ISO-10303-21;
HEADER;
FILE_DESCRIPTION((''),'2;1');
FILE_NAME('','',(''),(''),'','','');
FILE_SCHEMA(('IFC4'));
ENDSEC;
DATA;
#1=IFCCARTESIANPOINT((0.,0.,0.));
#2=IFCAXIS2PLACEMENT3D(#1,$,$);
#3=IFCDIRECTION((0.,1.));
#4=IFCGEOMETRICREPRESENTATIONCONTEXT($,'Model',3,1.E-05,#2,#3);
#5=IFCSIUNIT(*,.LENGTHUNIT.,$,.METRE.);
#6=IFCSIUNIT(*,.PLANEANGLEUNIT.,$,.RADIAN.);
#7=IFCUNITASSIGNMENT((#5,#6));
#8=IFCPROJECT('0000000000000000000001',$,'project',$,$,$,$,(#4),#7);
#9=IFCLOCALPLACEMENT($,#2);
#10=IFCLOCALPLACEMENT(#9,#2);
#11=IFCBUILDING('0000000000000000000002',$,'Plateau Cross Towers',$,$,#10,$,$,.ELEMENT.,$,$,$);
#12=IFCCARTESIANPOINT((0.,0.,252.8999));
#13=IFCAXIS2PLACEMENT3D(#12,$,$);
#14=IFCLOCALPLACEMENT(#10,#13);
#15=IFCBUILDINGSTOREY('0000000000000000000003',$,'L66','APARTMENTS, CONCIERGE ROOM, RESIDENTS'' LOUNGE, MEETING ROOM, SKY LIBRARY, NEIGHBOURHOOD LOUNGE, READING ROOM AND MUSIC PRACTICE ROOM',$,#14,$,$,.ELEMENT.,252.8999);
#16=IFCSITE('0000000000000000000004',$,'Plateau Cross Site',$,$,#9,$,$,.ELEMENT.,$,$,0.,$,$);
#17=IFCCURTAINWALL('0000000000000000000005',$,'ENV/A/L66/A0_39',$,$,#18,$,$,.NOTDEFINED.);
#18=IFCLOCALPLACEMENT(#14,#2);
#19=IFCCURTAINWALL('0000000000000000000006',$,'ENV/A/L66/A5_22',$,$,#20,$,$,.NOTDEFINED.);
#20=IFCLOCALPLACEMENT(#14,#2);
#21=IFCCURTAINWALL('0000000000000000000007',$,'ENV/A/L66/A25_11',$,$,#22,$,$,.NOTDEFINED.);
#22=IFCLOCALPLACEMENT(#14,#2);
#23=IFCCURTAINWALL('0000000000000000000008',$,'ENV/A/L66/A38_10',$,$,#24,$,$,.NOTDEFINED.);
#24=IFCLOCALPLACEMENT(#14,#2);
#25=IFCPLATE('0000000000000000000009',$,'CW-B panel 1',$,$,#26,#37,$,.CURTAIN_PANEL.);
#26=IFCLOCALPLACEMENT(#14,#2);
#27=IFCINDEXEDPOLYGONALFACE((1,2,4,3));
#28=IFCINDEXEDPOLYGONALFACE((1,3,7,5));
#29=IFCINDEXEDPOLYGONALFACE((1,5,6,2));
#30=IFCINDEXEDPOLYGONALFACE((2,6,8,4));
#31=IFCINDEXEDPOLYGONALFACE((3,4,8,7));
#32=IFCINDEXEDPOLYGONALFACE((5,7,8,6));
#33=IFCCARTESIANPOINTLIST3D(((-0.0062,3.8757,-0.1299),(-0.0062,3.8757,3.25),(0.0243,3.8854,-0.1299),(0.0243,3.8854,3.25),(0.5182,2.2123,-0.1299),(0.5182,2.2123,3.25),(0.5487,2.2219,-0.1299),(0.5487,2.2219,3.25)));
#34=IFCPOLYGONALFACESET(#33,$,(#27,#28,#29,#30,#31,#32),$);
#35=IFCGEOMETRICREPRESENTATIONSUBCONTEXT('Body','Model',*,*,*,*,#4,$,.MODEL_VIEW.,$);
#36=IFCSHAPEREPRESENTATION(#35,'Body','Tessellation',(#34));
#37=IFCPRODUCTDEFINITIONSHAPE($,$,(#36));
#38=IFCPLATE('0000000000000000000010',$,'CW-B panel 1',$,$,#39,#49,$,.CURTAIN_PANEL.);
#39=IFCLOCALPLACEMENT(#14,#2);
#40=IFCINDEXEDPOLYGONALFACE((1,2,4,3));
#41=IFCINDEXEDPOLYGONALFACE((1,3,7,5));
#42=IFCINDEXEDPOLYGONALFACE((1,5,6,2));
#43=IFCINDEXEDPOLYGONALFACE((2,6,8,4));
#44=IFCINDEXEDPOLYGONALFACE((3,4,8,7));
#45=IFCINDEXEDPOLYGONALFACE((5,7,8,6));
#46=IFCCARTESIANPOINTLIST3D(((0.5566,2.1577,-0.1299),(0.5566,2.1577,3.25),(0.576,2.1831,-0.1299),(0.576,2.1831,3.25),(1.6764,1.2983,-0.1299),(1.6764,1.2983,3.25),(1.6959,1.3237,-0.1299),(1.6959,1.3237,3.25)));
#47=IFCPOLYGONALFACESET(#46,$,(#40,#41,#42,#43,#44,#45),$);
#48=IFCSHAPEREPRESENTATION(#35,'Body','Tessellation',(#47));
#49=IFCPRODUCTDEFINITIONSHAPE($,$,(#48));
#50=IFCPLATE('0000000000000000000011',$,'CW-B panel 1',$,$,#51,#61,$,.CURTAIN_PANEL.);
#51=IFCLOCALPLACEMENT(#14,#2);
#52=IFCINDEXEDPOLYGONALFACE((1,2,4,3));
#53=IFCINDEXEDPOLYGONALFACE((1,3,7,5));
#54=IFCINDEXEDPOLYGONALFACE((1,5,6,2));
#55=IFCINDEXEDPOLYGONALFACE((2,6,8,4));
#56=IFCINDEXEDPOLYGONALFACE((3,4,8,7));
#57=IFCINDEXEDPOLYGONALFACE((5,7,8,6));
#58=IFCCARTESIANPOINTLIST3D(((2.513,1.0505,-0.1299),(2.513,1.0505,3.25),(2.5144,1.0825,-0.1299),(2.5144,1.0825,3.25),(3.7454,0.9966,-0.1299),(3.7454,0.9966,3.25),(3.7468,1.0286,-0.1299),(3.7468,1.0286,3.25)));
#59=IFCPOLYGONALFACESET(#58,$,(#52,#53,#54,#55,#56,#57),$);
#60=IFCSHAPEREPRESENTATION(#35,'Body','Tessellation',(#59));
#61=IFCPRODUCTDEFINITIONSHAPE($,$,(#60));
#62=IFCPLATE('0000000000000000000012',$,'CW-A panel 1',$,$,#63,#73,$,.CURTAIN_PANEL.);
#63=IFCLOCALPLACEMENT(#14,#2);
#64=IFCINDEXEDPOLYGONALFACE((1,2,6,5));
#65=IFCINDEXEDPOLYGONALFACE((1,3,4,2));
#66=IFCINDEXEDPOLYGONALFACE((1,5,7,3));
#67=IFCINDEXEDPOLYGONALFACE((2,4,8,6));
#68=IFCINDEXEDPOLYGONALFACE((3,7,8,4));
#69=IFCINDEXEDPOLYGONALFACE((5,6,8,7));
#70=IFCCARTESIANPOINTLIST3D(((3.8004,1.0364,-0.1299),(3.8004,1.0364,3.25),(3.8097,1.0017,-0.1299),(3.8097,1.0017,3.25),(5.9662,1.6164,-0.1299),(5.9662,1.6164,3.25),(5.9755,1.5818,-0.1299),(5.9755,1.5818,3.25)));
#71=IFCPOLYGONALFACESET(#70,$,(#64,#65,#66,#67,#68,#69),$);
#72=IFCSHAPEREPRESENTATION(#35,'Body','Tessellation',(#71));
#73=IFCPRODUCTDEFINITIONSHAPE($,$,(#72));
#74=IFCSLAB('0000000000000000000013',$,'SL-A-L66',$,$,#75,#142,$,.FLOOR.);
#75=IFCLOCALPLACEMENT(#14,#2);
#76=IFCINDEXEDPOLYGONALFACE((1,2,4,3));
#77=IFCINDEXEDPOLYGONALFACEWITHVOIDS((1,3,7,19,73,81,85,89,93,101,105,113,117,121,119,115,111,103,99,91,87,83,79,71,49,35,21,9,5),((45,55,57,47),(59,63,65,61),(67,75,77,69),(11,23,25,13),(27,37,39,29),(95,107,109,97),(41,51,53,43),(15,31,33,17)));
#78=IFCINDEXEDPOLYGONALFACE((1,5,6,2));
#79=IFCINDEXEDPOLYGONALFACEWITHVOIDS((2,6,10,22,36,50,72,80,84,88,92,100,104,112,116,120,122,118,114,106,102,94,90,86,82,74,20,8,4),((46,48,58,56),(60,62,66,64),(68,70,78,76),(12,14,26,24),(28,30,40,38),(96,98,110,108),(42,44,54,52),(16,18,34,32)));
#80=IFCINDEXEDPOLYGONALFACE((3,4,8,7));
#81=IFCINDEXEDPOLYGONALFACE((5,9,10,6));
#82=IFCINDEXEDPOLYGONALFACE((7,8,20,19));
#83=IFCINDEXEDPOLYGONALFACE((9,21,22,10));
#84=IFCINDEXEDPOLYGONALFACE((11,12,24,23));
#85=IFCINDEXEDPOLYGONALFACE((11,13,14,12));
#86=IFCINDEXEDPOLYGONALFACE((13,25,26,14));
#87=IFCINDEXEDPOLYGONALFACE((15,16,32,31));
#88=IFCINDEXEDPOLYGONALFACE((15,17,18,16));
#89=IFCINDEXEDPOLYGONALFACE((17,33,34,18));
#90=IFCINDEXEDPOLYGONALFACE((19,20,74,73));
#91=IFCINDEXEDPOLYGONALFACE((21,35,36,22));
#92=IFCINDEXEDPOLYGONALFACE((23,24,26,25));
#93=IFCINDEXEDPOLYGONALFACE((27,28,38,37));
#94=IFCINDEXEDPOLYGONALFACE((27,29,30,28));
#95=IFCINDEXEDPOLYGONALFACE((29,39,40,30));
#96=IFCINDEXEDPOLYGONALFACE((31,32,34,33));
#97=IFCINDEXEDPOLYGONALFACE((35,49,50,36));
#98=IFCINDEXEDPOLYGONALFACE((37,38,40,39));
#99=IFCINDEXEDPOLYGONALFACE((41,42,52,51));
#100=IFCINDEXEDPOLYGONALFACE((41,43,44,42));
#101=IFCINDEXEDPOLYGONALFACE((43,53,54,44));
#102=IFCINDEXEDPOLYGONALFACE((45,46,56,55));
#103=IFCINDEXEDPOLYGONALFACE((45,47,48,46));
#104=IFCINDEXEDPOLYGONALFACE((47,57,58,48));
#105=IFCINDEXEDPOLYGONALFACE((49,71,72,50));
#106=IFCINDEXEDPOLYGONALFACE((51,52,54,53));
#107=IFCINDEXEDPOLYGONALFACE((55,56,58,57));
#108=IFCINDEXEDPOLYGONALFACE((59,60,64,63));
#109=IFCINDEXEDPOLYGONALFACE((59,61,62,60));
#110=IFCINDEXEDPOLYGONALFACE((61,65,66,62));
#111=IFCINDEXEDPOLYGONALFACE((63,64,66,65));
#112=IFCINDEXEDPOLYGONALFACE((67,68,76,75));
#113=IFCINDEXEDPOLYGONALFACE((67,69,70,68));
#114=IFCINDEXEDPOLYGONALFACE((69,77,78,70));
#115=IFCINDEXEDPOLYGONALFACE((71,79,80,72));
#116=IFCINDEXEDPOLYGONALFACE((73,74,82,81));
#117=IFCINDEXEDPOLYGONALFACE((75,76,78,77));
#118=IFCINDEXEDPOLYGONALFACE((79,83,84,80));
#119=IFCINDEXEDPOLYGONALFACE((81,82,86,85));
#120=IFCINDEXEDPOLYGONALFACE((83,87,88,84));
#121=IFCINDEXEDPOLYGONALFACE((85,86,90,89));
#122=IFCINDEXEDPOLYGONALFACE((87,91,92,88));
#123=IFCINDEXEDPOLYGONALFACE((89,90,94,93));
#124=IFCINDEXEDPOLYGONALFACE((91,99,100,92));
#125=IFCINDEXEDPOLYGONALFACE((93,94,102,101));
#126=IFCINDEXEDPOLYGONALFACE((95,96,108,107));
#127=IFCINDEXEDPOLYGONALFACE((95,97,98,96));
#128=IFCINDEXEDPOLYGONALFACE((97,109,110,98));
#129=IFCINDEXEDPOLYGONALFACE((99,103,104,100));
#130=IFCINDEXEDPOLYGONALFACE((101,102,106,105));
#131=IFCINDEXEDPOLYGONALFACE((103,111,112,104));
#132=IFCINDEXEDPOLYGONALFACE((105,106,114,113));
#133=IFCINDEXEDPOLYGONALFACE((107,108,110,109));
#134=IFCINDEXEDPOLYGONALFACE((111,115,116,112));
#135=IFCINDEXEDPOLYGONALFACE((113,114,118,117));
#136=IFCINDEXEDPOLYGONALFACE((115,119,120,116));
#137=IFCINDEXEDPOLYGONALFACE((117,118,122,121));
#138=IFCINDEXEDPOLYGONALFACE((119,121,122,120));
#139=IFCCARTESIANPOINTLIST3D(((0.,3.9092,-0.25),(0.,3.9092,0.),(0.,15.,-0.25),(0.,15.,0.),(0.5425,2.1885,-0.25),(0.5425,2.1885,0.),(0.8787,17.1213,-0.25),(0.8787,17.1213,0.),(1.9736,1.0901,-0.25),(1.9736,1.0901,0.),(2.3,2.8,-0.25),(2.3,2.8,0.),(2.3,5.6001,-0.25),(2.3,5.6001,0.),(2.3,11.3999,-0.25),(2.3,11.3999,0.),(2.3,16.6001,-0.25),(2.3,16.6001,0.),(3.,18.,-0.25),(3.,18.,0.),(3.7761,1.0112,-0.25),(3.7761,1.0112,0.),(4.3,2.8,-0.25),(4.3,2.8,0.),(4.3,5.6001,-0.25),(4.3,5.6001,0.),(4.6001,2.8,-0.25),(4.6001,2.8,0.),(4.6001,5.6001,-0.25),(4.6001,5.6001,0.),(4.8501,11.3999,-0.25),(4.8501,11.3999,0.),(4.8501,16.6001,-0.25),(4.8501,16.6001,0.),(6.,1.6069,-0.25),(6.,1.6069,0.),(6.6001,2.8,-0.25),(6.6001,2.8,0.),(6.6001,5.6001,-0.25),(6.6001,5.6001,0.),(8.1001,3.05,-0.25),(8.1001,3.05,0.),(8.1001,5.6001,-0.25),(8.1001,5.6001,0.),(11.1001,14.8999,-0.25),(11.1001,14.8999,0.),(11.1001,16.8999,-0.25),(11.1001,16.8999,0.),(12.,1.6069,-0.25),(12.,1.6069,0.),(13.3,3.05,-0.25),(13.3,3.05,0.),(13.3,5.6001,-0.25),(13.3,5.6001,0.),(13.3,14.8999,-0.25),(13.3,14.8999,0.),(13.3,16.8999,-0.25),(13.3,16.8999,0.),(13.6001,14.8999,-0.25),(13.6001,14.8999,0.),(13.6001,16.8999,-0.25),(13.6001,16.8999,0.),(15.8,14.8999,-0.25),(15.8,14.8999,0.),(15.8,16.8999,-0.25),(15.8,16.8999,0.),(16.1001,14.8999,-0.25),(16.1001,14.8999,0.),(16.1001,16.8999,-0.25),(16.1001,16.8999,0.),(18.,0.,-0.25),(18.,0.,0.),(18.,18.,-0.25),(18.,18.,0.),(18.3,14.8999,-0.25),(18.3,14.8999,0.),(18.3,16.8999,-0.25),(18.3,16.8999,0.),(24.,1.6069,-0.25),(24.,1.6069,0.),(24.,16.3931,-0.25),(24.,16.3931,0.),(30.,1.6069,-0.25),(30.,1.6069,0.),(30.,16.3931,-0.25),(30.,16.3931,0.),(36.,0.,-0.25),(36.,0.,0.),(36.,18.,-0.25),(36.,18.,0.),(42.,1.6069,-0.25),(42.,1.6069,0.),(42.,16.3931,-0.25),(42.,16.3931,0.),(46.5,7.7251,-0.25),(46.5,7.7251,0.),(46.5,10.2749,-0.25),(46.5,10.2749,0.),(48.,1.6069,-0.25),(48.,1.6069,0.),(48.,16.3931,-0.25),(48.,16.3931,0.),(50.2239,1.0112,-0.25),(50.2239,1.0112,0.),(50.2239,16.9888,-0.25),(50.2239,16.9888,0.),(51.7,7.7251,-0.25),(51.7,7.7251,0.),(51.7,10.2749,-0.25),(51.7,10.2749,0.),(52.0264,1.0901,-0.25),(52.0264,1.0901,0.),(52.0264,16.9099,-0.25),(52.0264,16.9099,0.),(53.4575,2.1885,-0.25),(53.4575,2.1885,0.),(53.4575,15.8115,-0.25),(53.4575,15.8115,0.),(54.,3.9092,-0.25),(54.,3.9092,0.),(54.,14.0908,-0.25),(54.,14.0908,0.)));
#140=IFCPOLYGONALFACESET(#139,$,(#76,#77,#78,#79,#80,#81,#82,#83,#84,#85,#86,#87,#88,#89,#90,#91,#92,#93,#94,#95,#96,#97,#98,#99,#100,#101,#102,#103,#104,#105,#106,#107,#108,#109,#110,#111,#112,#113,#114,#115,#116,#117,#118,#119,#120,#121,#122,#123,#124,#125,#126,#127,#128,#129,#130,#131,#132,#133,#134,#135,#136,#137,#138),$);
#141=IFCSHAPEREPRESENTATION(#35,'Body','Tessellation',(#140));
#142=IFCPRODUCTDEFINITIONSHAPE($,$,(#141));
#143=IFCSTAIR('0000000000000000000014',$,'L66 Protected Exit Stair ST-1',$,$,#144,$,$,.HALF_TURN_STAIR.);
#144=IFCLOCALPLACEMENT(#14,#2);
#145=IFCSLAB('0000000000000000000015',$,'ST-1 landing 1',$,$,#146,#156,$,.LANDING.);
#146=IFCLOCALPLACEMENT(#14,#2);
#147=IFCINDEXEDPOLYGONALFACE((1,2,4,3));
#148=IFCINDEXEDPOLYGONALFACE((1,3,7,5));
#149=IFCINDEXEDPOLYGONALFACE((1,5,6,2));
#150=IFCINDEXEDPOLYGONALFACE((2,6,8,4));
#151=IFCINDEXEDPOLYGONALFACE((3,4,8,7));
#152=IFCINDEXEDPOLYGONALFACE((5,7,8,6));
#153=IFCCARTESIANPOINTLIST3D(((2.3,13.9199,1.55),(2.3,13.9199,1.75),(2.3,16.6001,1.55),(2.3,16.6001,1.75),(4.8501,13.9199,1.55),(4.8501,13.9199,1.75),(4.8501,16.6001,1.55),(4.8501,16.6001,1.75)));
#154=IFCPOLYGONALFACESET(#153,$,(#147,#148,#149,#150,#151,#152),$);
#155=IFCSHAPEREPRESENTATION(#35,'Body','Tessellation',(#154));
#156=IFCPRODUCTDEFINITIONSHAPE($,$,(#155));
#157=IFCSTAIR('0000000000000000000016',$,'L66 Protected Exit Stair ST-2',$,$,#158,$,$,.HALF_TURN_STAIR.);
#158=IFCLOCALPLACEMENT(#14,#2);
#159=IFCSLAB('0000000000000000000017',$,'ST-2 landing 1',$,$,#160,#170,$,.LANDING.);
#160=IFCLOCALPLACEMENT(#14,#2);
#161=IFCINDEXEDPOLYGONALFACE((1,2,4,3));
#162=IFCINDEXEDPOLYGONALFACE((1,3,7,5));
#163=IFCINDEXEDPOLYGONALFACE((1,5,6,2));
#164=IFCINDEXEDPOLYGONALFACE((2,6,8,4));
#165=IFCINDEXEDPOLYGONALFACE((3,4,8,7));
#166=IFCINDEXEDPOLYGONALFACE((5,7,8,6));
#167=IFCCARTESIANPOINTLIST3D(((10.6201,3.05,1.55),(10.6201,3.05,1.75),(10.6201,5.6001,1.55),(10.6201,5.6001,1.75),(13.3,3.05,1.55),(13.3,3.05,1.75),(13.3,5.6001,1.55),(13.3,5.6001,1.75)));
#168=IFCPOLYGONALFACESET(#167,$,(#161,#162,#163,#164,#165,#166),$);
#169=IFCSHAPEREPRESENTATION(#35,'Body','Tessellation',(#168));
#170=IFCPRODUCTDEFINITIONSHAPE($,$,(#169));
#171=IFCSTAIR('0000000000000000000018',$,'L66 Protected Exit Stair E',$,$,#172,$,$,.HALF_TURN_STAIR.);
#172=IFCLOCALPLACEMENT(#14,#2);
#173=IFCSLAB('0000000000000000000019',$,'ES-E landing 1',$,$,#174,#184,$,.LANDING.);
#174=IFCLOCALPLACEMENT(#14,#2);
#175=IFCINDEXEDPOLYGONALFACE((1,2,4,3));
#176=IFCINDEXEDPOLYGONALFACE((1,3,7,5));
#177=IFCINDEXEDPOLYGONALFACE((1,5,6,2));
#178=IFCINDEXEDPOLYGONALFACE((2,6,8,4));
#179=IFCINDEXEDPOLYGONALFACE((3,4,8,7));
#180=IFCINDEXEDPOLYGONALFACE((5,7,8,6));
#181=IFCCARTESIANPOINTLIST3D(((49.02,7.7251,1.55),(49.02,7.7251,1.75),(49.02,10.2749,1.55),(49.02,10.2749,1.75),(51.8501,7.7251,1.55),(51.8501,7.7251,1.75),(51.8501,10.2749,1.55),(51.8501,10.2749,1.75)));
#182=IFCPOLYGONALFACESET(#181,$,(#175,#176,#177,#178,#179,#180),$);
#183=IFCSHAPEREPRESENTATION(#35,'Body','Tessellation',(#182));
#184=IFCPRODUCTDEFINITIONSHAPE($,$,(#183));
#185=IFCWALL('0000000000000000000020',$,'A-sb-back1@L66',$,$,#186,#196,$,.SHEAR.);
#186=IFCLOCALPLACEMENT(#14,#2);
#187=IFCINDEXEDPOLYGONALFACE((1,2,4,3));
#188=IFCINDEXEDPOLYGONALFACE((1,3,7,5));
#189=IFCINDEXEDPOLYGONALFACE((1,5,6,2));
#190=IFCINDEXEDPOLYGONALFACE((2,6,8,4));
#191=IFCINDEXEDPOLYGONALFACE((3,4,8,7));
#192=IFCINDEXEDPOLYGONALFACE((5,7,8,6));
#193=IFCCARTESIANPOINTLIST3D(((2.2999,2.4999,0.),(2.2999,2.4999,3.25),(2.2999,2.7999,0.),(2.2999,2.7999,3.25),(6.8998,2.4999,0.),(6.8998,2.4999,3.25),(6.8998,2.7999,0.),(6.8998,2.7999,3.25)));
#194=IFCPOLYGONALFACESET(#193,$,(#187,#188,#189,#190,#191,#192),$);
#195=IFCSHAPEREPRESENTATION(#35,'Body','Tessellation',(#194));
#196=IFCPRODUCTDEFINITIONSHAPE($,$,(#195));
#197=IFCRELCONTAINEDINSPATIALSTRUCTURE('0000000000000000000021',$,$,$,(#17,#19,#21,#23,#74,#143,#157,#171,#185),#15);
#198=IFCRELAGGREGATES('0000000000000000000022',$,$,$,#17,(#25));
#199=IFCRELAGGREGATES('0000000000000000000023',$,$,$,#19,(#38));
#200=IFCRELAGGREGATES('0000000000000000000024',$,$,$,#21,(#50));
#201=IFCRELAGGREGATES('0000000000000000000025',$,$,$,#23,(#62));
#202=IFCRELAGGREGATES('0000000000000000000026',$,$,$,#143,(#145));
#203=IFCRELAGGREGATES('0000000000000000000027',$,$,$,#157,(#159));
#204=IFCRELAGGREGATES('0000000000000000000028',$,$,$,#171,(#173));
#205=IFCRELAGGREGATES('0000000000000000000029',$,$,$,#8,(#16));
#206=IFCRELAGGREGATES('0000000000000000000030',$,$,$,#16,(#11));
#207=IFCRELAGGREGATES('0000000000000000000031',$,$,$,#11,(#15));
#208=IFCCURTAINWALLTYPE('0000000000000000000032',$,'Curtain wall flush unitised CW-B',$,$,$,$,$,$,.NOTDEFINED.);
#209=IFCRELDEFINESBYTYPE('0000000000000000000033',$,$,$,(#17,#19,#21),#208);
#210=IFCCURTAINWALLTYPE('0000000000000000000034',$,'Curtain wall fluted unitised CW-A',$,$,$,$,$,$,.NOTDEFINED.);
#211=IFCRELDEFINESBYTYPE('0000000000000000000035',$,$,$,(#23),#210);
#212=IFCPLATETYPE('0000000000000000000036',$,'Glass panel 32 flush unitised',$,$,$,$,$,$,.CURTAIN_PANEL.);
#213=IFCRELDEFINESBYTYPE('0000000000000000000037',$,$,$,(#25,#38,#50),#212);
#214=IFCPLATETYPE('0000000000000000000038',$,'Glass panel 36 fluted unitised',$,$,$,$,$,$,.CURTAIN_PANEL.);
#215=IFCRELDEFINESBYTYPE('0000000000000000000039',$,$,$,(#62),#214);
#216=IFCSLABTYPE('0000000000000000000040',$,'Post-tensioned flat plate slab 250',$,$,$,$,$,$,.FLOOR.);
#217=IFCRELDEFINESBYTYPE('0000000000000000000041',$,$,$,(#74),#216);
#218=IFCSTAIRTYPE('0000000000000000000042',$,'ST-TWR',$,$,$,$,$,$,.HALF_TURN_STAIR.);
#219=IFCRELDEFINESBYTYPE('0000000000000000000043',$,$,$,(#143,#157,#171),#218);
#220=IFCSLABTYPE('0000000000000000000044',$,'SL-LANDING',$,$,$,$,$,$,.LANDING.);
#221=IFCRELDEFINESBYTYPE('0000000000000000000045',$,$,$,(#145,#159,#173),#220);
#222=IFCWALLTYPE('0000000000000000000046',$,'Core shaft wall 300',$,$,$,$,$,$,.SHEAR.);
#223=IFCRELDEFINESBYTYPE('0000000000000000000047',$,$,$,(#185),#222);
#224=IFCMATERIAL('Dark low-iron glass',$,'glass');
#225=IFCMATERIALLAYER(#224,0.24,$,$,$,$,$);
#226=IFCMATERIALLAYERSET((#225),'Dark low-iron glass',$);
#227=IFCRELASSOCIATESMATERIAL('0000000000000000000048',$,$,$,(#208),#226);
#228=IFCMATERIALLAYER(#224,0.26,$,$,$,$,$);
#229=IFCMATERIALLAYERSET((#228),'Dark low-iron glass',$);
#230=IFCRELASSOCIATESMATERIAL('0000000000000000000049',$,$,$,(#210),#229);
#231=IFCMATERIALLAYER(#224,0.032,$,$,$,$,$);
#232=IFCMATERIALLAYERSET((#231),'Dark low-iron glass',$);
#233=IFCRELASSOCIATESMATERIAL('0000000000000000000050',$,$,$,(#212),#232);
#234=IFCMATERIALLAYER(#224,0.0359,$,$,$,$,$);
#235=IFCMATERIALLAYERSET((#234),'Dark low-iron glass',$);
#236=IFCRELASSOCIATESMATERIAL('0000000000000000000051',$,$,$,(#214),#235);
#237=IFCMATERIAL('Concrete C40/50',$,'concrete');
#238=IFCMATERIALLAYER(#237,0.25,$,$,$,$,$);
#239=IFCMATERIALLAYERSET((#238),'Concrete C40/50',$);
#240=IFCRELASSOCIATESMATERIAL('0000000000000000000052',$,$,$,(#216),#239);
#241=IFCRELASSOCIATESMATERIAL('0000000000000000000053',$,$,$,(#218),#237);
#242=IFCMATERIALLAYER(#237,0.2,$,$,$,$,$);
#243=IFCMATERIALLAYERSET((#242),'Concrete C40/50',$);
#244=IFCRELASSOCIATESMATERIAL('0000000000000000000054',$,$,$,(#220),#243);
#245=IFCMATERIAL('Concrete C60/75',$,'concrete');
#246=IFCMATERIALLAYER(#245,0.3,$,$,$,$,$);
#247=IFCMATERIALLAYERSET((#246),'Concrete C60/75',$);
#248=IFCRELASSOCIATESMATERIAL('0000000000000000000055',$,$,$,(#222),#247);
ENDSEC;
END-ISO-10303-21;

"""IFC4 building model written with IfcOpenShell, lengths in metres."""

from ifc_helpers import new_model, si_unit, direction, frame, frame_2d, origin, origin_2d, place, context, subcontext, project, spatial, polyline, rectangle, outline, extrude, material, layer, layer_set, type_object, element, aggregate, save


model = new_model("IFC4")

# Units and contexts
model_context = context("Model", 3, precision=1e-05, world=origin(), true_north=direction((0.0, 1.0)))
body_context = subcontext(model_context, "Body", "Model", "MODEL_VIEW")
ifc_project = project(units=[si_unit("LENGTHUNIT", "METRE"), si_unit("PLANEANGLEUNIT", "RADIAN")], contexts=[model_context])

# Site, building, storey
site_placement = place(None, origin())
site = spatial("IfcSite", under=ifc_project, at=site_placement, Name="Plateau Cross Site", CompositionType="ELEMENT", RefElevation=0.0)
building_placement = place(site_placement, origin())
building = spatial("IfcBuilding", under=site, at=building_placement, Name="Plateau Cross Towers", CompositionType="ELEMENT")
storey_placement = place(building_placement, frame((0.0, 0.0, 252.8999)))
storey = spatial("IfcBuildingStorey", under=building, at=storey_placement, Name="L66", Description="APARTMENTS, CONCIERGE ROOM, RESIDENTS' LOUNGE, MEETING ROOM, SKY LIBRARY, NEIGHBOURHOOD LOUNGE, READING ROOM AND MUSIC PRACTICE ROOM", CompositionType="ELEMENT", Elevation=252.8999)

# Shared definitions
ifc_material_1 = material(Name="Concrete C60/75", Category="concrete")

# Curtain wall
ifc_material_2 = material(Name="Dark low-iron glass", Category="glass")
ifc_layer_1 = layer(ifc_material_2, 0.24)
ifc_layer_set_1 = layer_set([ifc_layer_1], Name="Dark low-iron glass")
curtain_wall_type_1 = type_object("IfcCurtainWallType", Name="Curtain wall flush unitised CW-B", PredefinedType="NOTDEFINED", material=ifc_layer_set_1)
curtain_wall_1_placement = place(storey_placement, origin())
curtain_wall_1 = element("IfcCurtainWall", 1, at=curtain_wall_1_placement, inside=storey, type_object=curtain_wall_type_1, Name="ENV/A/L66/A0_39", PredefinedType="NOTDEFINED")

# Curtain wall
curtain_wall_2_placement = place(storey_placement, origin())
curtain_wall_2 = element("IfcCurtainWall", 2, at=curtain_wall_2_placement, inside=storey, type_object=curtain_wall_type_1, Name="ENV/A/L66/A5_22", PredefinedType="NOTDEFINED")

# Curtain walls
curtain_wall_3_placement = place(storey_placement, origin())
curtain_wall_3 = element("IfcCurtainWall", 3, at=curtain_wall_3_placement, inside=storey, type_object=curtain_wall_type_1, Name="ENV/A/L66/A25_11", PredefinedType="NOTDEFINED")
ifc_layer_2 = layer(ifc_material_2, 0.26)
ifc_layer_set_2 = layer_set([ifc_layer_2], Name="Dark low-iron glass")
curtain_wall_type_2 = type_object("IfcCurtainWallType", Name="Curtain wall fluted unitised CW-A", PredefinedType="NOTDEFINED", material=ifc_layer_set_2)
curtain_wall_4_placement = place(storey_placement, origin())
curtain_wall_4 = element("IfcCurtainWall", 4, at=curtain_wall_4_placement, inside=storey, type_object=curtain_wall_type_2, Name="ENV/A/L66/A38_10", PredefinedType="NOTDEFINED")

# Plates
ifc_layer_3 = layer(ifc_material_2, 0.032)
ifc_layer_set_3 = layer_set([ifc_layer_3], Name="Dark low-iron glass")
plate_type_1 = type_object("IfcPlateType", Name="Glass panel 32 flush unitised", PredefinedType="CURTAIN_PANEL", material=ifc_layer_set_3)
plate_1_placement = place(storey_placement, frame((0.2712, 3.0488, -0.1299), z_axis=(0.0, 0.0, 1.0), x_axis=(0.300686, -0.953723, 0.0)))
plate_1 = element("IfcPlate", 5, at=plate_1_placement, type_object=plate_type_1, Name="CW-B panel 1", PredefinedType="CURTAIN_PANEL", context=body_context, shape_type="SweptSolid", body=[
    extrude(rectangle(XDim=1.7441, YDim=0.032, at=origin_2d()), origin(), (0.0, 0.0, 1.0), 3.3799),
])
aggregate(curtain_wall_1, [plate_1])
plate_2_placement = place(storey_placement, frame((1.1262, 1.7407, -0.1299), z_axis=(0.0, 0.0, 1.0), x_axis=(0.793316, -0.608811, 0.0)))
plate_2 = element("IfcPlate", 6, at=plate_2_placement, type_object=plate_type_1, Name="CW-B panel 1", PredefinedType="CURTAIN_PANEL", context=body_context, shape_type="SweptSolid", body=[
    extrude(rectangle(XDim=1.4116, YDim=0.032, at=origin_2d()), origin(), (0.0, 0.0, 1.0), 3.3799),
])
aggregate(curtain_wall_2, [plate_2])
plate_3_placement = place(storey_placement, frame((3.1299, 1.0396, -0.1299), z_axis=(0.0, 0.0, 1.0), x_axis=(0.999044, -0.043723, 0.0)))
plate_3 = element("IfcPlate", 7, at=plate_3_placement, type_object=plate_type_1, Name="CW-B panel 1", PredefinedType="CURTAIN_PANEL", context=body_context, shape_type="SweptSolid", body=[
    extrude(rectangle(XDim=1.2336, YDim=0.032, at=origin_2d()), origin(), (0.0, 0.0, 1.0), 3.3799),
])
aggregate(curtain_wall_3, [plate_3])
ifc_layer_4 = layer(ifc_material_2, 0.0359)
ifc_layer_set_4 = layer_set([ifc_layer_4], Name="Dark low-iron glass")
plate_type_2 = type_object("IfcPlateType", Name="Glass panel 36 fluted unitised", PredefinedType="CURTAIN_PANEL", material=ifc_layer_set_4)
plate_4_placement = place(storey_placement, frame((4.8879, 1.3091, -0.1299), z_axis=(0.0, 0.0, 1.0), x_axis=(0.965958, 0.258699, 0.0)))
plate_4 = element("IfcPlate", 8, at=plate_4_placement, type_object=plate_type_2, Name="CW-A panel 1", PredefinedType="CURTAIN_PANEL", context=body_context, shape_type="SweptSolid", body=[
    extrude(rectangle(XDim=2.2422, YDim=0.0359, at=origin_2d()), origin(), (0.0, 0.0, 1.0), 3.3799),
])
aggregate(curtain_wall_4, [plate_4])

# Slab
ifc_material_3 = material(Name="Concrete C40/50", Category="concrete")
ifc_layer_5 = layer(ifc_material_3, 0.25)
ifc_layer_set_5 = layer_set([ifc_layer_5], Name="Concrete C40/50")
slab_type_1 = type_object("IfcSlabType", Name="Post-tensioned flat plate slab 250", PredefinedType="FLOOR", material=ifc_layer_set_5)
slab_1_placement = place(storey_placement, frame((0.0, 0.0, -0.25)))
element("IfcSlab", 9, at=slab_1_placement, inside=storey, type_object=slab_type_1, Name="SL-A-L66", PredefinedType="FLOOR", context=body_context, shape_type="SweptSolid", body=[
    extrude(outline(polyline([(1.9736, 1.0901), (0.5425, 2.1885), (0.0, 3.9092), (0.0, 15.0), (0.8787, 17.1213), (3.0, 18.0), (18.0, 18.0), (24.0, 16.3931), (30.0, 16.3931), (36.0, 18.0), (42.0, 16.3931), (48.0, 16.3931), (50.2239, 16.9888), (52.0264, 16.9099), (53.4575, 15.8115), (54.0, 14.0908), (54.0, 3.9092), (53.4575, 2.1885), (52.0264, 1.0901), (50.2239, 1.0112), (48.0, 1.6069), (42.0, 1.6069), (36.0, 0.0), (30.0, 1.6069), (24.0, 1.6069), (18.0, 0.0), (12.0, 1.6069), (6.0, 1.6069), (3.7761, 1.0112), (1.9736, 1.0901)]), holes=[polyline([(4.3, 5.6001), (2.3, 5.6001), (2.3, 2.8), (4.3, 2.8), (4.3, 5.6001)]), polyline([(6.6001, 5.6001), (4.6001, 5.6001), (4.6001, 2.8), (6.6001, 2.8), (6.6001, 5.6001)]), polyline([(13.3, 5.6001), (8.1001, 5.6001), (8.1001, 3.05), (13.3, 3.05), (13.3, 5.6001)]), polyline([(51.7, 10.2749), (46.5, 10.2749), (46.5, 7.7251), (51.7, 7.7251), (51.7, 10.2749)]), polyline([(2.3, 16.6001), (2.3, 11.3999), (4.8501, 11.3999), (4.8501, 16.6001), (2.3, 16.6001)]), polyline([(13.3, 16.8999), (11.1001, 16.8999), (11.1001, 14.8999), (13.3, 14.8999), (13.3, 16.8999)]), polyline([(15.8, 16.8999), (13.6001, 16.8999), (13.6001, 14.8999), (15.8, 14.8999), (15.8, 16.8999)]), polyline([(18.3, 16.8999), (16.1001, 16.8999), (16.1001, 14.8999), (18.3, 14.8999), (18.3, 16.8999)])]), origin(), (0.0, 0.0, 1.0), 0.25),
])

# Stairs, slabs
stair_type = type_object("IfcStairType", Name="ST-TWR", PredefinedType="HALF_TURN_STAIR", material=ifc_material_3)
stair_1_placement = place(storey_placement, origin())
stair_1 = element("IfcStair", 10, at=stair_1_placement, inside=storey, type_object=stair_type, Name="L66 Protected Exit Stair ST-1", PredefinedType="HALF_TURN_STAIR")
ifc_layer_6 = layer(ifc_material_3, 0.2)
ifc_layer_set_6 = layer_set([ifc_layer_6], Name="Concrete C40/50")
slab_type_2 = type_object("IfcSlabType", Name="SL-LANDING", PredefinedType="LANDING", material=ifc_layer_set_6)
slab_2_placement = place(storey_placement, frame((0.0, 0.0, 1.55)))
slab_2 = element("IfcSlab", 11, at=slab_2_placement, type_object=slab_type_2, Name="ST-1 landing 1", PredefinedType="LANDING", context=body_context, shape_type="SweptSolid", body=[
    extrude(outline(polyline([(4.8501, 13.9199), (4.8501, 16.6001), (2.3, 16.6001), (2.3, 13.9199), (4.8501, 13.9199)])), origin(), (0.0, 0.0, 1.0), 0.2),
])
aggregate(stair_1, [slab_2])
stair_2_placement = place(storey_placement, origin())
stair_2 = element("IfcStair", 12, at=stair_2_placement, inside=storey, type_object=stair_type, Name="L66 Protected Exit Stair ST-2", PredefinedType="HALF_TURN_STAIR")
slab_3_placement = place(storey_placement, frame((0.0, 0.0, 1.55)))
slab_3 = element("IfcSlab", 13, at=slab_3_placement, type_object=slab_type_2, Name="ST-2 landing 1", PredefinedType="LANDING", context=body_context, shape_type="SweptSolid", body=[
    extrude(outline(polyline([(10.6201, 3.05), (13.3, 3.05), (13.3, 5.6001), (10.6201, 5.6001), (10.6201, 3.05)])), origin(), (0.0, 0.0, 1.0), 0.2),
])
aggregate(stair_2, [slab_3])
stair_3_placement = place(storey_placement, origin())
stair_3 = element("IfcStair", 14, at=stair_3_placement, inside=storey, type_object=stair_type, Name="L66 Protected Exit Stair E", PredefinedType="HALF_TURN_STAIR")
slab_4_placement = place(storey_placement, frame((0.0, 0.0, 1.55)))
slab_4 = element("IfcSlab", 15, at=slab_4_placement, type_object=slab_type_2, Name="ES-E landing 1", PredefinedType="LANDING", context=body_context, shape_type="SweptSolid", body=[
    extrude(outline(polyline([(49.02, 7.7251), (51.8501, 7.7251), (51.8501, 10.2749), (49.02, 10.2749), (49.02, 7.7251)])), origin(), (0.0, 0.0, 1.0), 0.2),
])
aggregate(stair_3, [slab_4])

# Wall
ifc_layer_7 = layer(ifc_material_1, 0.3)
ifc_layer_set_7 = layer_set([ifc_layer_7], Name="Concrete C60/75")
wall_type_1 = type_object("IfcWallType", Name="Core shaft wall 300", PredefinedType="SHEAR", material=ifc_layer_set_7)
wall_1_placement = place(storey_placement, frame((2.3, 2.6499, 0.0), z_axis=(0.0, 0.0, 1.0), x_axis=(1.0, 0.0, 0.0)))
element("IfcWall", 16, at=wall_1_placement, inside=storey, type_object=wall_type_1, Name="A-sb-back1@L66", PredefinedType="SHEAR", context=body_context, shape_type="SweptSolid", body=[
    extrude(rectangle(XDim=4.5999, YDim=0.3, at=frame_2d((2.2998, 0.0))), origin(), (0.0, 0.0, 1.0), 3.25),
])

save(model, "model.ifc")
